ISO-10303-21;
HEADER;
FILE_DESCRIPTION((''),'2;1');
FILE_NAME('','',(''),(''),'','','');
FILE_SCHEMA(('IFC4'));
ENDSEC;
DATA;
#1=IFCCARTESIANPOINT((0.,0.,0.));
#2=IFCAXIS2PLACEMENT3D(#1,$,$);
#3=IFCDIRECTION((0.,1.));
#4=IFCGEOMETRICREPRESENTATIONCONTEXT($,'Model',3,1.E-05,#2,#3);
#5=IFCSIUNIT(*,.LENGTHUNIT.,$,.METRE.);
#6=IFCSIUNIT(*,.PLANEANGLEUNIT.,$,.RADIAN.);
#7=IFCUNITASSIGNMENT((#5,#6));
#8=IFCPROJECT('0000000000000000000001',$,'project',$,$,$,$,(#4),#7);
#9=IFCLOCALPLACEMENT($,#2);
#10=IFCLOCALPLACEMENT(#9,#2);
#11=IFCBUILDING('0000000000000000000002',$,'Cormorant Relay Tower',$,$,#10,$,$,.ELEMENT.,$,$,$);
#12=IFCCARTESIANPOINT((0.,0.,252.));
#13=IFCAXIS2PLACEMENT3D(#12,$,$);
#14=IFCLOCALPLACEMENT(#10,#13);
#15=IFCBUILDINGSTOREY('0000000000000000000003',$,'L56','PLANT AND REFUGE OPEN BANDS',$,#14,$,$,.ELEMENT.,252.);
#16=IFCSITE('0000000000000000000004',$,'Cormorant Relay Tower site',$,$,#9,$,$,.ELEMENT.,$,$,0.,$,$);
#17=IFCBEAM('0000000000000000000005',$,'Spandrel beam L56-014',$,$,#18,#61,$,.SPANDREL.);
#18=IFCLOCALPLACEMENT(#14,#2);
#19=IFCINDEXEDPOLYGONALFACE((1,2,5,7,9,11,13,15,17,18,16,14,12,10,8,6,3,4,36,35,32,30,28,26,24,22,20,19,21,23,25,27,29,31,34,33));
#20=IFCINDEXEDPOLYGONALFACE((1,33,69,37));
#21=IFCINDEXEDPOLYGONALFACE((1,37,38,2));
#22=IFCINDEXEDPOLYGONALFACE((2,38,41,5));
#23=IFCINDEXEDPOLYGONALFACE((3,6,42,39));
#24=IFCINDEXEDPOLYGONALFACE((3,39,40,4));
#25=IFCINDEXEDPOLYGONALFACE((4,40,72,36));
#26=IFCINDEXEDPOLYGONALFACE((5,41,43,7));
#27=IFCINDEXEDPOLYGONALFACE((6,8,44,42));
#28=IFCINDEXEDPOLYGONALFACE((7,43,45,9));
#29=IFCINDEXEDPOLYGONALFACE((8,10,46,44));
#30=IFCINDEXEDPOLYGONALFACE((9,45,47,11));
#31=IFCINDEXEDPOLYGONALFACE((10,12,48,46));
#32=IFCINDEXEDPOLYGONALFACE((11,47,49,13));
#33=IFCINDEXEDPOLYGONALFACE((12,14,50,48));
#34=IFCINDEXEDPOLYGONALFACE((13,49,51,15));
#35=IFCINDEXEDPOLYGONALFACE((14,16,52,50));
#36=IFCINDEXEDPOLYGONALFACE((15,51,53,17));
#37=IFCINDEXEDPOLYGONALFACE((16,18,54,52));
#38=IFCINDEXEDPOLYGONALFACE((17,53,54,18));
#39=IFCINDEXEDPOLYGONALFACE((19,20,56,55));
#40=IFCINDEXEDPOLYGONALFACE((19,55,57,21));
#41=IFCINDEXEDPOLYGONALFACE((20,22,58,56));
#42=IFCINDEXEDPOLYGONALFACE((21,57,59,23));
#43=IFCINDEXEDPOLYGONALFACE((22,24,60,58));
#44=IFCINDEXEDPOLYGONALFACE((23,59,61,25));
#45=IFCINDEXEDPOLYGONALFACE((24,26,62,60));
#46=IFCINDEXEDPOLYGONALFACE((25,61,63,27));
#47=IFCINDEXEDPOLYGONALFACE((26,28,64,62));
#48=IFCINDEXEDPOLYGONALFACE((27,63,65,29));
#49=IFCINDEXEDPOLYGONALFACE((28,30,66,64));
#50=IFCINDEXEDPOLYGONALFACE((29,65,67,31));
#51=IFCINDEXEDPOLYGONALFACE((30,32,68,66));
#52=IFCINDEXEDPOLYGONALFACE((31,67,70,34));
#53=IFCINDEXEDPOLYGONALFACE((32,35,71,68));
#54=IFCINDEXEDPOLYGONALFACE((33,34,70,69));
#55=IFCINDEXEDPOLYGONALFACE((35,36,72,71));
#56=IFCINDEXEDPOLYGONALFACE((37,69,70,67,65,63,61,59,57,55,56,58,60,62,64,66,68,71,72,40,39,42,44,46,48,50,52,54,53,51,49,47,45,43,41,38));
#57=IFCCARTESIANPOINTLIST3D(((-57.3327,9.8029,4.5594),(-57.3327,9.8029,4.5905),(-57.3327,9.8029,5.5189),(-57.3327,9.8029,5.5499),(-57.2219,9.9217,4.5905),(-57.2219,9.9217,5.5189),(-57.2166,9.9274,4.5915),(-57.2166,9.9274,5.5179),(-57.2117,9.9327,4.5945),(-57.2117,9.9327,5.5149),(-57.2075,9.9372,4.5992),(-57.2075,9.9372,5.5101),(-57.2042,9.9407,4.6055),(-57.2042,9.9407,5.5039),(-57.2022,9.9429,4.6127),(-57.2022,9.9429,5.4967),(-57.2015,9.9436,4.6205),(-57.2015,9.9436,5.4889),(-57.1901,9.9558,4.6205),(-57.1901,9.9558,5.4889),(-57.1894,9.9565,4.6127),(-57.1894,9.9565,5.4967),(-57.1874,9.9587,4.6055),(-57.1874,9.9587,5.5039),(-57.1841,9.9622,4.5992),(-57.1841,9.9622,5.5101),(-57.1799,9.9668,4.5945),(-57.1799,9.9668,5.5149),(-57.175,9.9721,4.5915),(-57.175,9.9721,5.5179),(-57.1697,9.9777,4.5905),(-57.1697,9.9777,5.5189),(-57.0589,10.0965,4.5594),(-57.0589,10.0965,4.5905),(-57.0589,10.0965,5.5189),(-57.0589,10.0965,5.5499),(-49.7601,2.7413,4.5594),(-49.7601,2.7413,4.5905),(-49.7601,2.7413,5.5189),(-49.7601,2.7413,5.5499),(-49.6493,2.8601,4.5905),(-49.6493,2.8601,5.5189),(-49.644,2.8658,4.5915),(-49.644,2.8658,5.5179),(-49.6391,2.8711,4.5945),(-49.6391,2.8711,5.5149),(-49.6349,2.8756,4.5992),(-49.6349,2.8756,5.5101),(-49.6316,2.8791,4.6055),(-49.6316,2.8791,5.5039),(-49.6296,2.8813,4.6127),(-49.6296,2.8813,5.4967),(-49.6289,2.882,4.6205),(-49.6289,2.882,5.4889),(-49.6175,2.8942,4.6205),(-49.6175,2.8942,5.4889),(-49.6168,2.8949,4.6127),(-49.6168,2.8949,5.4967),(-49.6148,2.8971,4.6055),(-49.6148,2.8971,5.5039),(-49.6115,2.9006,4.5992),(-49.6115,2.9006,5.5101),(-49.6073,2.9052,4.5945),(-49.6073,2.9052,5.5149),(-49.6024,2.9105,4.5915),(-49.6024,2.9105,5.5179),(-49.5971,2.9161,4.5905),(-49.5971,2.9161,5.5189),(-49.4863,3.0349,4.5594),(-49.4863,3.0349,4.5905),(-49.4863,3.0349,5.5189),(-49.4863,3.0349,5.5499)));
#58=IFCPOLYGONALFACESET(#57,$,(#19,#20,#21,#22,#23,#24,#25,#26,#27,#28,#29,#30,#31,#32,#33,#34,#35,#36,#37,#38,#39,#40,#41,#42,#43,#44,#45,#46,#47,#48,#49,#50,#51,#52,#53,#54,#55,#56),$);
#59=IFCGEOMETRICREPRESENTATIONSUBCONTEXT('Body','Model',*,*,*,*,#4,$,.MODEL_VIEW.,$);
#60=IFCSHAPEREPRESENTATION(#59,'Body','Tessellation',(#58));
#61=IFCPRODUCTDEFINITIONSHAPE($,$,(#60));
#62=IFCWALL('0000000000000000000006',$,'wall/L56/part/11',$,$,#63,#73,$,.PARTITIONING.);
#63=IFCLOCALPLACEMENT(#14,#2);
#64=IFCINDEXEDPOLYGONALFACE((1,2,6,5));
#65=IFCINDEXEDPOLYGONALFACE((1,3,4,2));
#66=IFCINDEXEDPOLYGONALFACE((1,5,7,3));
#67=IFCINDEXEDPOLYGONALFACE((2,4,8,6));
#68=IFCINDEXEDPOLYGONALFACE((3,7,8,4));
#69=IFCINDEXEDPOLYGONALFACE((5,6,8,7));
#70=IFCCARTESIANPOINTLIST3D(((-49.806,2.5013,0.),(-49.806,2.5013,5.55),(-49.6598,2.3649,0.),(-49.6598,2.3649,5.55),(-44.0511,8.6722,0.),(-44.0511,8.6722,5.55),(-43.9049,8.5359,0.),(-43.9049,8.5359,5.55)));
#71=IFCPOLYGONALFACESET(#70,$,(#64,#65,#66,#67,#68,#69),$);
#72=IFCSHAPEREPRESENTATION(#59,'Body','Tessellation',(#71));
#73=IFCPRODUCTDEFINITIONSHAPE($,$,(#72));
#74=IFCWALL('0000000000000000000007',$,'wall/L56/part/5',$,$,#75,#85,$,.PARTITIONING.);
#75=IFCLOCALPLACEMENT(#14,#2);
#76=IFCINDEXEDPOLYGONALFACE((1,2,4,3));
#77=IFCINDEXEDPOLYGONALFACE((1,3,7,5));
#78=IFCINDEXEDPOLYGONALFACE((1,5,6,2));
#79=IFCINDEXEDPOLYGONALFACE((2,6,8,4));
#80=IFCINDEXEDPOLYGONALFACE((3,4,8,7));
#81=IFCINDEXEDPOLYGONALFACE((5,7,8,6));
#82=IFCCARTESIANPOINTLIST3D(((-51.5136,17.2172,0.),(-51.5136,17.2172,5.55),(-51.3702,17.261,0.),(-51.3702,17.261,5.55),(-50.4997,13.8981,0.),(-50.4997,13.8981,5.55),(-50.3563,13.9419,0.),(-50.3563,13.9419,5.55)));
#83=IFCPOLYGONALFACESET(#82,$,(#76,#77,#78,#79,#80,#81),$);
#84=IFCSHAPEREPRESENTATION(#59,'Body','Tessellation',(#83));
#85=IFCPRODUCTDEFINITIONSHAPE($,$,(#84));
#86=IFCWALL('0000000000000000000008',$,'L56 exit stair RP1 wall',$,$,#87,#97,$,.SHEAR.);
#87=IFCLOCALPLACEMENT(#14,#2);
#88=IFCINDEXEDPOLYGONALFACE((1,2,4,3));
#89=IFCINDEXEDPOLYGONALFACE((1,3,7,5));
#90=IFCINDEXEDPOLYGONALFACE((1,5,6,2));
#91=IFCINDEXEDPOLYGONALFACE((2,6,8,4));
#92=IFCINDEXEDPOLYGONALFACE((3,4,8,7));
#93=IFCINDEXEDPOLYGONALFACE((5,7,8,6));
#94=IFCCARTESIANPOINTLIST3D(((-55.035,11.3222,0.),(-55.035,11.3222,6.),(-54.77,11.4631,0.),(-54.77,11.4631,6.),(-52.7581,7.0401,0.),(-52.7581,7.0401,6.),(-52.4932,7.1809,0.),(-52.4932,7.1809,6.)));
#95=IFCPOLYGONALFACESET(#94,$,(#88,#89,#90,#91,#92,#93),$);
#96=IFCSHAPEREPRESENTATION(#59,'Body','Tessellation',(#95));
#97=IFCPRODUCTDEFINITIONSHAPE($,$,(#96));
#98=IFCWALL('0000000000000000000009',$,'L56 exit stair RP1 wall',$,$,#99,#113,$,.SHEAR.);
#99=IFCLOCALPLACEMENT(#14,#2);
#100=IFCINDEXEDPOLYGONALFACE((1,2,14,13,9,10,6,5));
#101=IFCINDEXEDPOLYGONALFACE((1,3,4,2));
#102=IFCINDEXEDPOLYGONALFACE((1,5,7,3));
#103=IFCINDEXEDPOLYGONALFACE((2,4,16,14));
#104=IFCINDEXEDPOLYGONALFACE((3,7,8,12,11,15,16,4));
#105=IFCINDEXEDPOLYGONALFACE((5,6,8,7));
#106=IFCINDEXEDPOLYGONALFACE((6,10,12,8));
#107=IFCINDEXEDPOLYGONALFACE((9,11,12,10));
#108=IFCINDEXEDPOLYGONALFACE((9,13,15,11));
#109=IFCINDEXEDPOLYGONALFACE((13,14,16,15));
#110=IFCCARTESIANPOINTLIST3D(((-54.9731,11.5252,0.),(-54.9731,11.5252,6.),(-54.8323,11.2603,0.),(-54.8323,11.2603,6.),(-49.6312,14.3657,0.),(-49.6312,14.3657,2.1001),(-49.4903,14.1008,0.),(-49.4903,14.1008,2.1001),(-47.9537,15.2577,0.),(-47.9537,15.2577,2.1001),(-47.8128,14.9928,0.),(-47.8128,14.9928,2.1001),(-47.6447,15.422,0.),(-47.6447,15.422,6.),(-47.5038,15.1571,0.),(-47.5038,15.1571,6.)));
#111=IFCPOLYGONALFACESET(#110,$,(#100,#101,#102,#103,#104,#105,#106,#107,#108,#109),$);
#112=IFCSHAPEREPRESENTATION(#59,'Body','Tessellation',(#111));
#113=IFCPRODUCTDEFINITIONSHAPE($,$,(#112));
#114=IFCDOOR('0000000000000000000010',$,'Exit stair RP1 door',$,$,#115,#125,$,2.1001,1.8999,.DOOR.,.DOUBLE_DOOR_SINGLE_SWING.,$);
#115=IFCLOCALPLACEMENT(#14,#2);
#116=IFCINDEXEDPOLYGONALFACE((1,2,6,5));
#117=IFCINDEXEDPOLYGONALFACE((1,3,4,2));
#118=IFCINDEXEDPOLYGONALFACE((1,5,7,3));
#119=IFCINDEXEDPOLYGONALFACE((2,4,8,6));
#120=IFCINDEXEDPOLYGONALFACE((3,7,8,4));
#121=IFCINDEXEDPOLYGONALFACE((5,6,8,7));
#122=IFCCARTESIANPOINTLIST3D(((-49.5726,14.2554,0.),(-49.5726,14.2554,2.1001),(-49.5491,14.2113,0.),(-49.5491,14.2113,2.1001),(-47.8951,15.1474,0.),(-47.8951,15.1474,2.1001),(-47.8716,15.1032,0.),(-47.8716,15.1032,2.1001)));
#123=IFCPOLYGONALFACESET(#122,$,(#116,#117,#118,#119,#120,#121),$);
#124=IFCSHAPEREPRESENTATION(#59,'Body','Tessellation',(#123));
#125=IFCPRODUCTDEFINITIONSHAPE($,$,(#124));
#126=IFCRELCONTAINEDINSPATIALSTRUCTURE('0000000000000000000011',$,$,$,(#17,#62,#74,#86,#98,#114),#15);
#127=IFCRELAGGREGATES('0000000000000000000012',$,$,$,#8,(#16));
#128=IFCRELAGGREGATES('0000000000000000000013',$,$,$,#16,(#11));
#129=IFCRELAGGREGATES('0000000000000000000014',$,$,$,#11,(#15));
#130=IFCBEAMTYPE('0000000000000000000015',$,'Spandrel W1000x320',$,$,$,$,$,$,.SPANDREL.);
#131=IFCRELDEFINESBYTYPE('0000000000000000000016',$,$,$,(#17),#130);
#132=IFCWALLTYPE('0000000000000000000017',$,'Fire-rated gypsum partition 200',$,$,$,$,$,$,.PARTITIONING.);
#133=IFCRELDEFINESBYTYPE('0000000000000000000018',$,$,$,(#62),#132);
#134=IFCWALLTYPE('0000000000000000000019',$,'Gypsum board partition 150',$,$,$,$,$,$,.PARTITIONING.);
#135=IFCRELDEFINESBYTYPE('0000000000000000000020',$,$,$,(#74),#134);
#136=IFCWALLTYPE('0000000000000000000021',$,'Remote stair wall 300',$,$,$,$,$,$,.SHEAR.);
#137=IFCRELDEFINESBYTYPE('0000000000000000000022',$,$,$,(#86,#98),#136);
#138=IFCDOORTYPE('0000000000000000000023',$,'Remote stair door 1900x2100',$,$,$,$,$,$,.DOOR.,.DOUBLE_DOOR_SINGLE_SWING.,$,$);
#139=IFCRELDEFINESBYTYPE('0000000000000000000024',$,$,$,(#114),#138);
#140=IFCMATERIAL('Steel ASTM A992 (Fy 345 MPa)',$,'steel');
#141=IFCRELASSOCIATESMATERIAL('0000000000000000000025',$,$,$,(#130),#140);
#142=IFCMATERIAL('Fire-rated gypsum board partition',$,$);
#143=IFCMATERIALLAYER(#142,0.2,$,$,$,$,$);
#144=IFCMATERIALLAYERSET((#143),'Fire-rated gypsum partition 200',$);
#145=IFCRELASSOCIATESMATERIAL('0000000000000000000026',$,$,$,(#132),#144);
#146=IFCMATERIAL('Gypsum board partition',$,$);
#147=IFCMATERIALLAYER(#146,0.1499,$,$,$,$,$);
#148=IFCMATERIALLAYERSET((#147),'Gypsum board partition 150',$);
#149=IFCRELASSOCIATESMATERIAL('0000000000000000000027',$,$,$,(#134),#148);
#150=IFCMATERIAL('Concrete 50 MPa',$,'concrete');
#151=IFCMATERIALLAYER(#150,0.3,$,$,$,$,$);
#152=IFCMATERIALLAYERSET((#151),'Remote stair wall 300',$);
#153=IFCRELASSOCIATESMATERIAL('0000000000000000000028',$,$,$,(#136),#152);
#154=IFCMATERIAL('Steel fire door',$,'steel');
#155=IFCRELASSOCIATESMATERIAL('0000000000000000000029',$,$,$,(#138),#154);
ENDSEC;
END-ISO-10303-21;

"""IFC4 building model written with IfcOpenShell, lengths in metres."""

from ifc_helpers import new_model, si_unit, direction, frame, frame_2d, origin, origin_2d, place, context, subcontext, project, spatial, rectangle, i_section, extrude, material, layer, layer_set, material_profile, profile_set, type_object, element, fill, save


model = new_model("IFC4")

# Units and contexts
model_context = context("Model", 3, precision=1e-05, world=origin(), true_north=direction((0.0, 1.0)))
body_context = subcontext(model_context, "Body", "Model", "MODEL_VIEW")
ifc_project = project(units=[si_unit("LENGTHUNIT", "METRE"), si_unit("PLANEANGLEUNIT", "RADIAN")], contexts=[model_context])

# Site, building, storey
site_placement = place(None, origin())
site = spatial("IfcSite", under=ifc_project, at=site_placement, Name="Cormorant Relay Tower site", CompositionType="ELEMENT", RefElevation=0.0)
building_placement = place(site_placement, origin())
building = spatial("IfcBuilding", under=site, at=building_placement, Name="Cormorant Relay Tower", CompositionType="ELEMENT")
storey_placement = place(building_placement, frame((0.0, 0.0, 252.0)))
storey = spatial("IfcBuildingStorey", under=building, at=storey_placement, Name="L56", Description="PLANT AND REFUGE OPEN BANDS", CompositionType="ELEMENT", Elevation=252.0)

# Beam
ifc_material_1 = material(Name="Steel ASTM A992 (Fy 345 MPa)", Category="steel")
ifc_material_profile_1 = material_profile(ifc_material_1, i_section(OverallWidth=0.4014, OverallDepth=0.9905, WebThickness=0.0166, FlangeThickness=0.031, FilletRadius=0.03, at=origin_2d()), Name="W1000x320")
ifc_profile_set_1 = profile_set([ifc_material_profile_1], Name="Steel ASTM A992 (Fy 345 MPa)")
beam_type = type_object("IfcBeamType", Name="Spandrel W1000x320", PredefinedType="SPANDREL", material=ifc_profile_set_1)
beam_placement = place(storey_placement, frame((-57.1958, 9.9497, 5.0547), z_axis=(0.731352, -0.682001, 0.0), x_axis=(0.682001, 0.731352, 0.0)))
element("IfcBeam", 1, at=beam_placement, inside=storey, type_object=beam_type, Name="Spandrel beam L56-014", PredefinedType="SPANDREL", context=body_context, shape_type="SweptSolid", body=[
    extrude(i_section(OverallWidth=0.4014, OverallDepth=0.9905, WebThickness=0.0166, FlangeThickness=0.031, FilletRadius=0.03, at=origin_2d()), origin(), (0.0, 0.0, 1.0), 10.3542),
])

# Walls
ifc_material_2 = material(Name="Fire-rated gypsum board partition")
ifc_layer_1 = layer(ifc_material_2, 0.2)
ifc_layer_set_1 = layer_set([ifc_layer_1], Name="Fire-rated gypsum partition 200")
wall_type_1 = type_object("IfcWallType", Name="Fire-rated gypsum partition 200", PredefinedType="PARTITIONING", material=ifc_layer_set_1)
wall_1_placement = place(storey_placement, frame((-49.7329, 2.4331, 0.0), z_axis=(0.0, 0.0, 1.0), x_axis=(0.682025, 0.731328, 0.0)))
element("IfcWall", 2, at=wall_1_placement, inside=storey, type_object=wall_type_1, Name="wall/L56/part/11", PredefinedType="PARTITIONING", context=body_context, shape_type="SweptSolid", body=[
    extrude(rectangle(XDim=8.438, YDim=0.2, at=frame_2d((4.219, 0.0))), origin(), (0.0, 0.0, 1.0), 5.55),
])
ifc_material_3 = material(Name="Gypsum board partition")
ifc_layer_2 = layer(ifc_material_3, 0.1499)
ifc_layer_set_2 = layer_set([ifc_layer_2], Name="Gypsum board partition 150")
wall_type_2 = type_object("IfcWallType", Name="Gypsum board partition 150", PredefinedType="PARTITIONING", material=ifc_layer_set_2)
wall_2_placement = place(storey_placement, frame((-50.428, 13.9199, 0.0), z_axis=(0.0, 0.0, 1.0), x_axis=(-0.292152, 0.956372, 0.0)))
element("IfcWall", 3, at=wall_2_placement, inside=storey, type_object=wall_type_2, Name="wall/L56/part/5", PredefinedType="PARTITIONING", context=body_context, shape_type="SweptSolid", body=[
    extrude(rectangle(XDim=3.4705, YDim=0.1499, at=frame_2d((1.7354, 0.0))), origin(), (0.0, 0.0, 1.0), 5.55),
])
ifc_material_4 = material(Name="Concrete 50 MPa", Category="concrete")
ifc_layer_3 = layer(ifc_material_4, 0.3)
ifc_layer_set_3 = layer_set([ifc_layer_3], Name="Remote stair wall 300")
wall_type_3 = type_object("IfcWallType", Name="Remote stair wall 300", PredefinedType="SHEAR", material=ifc_layer_set_3)
wall_3_placement = place(storey_placement, frame((-52.6257, 7.1106, 0.0), z_axis=(0.0, 0.0, 1.0), x_axis=(-0.469464, 0.882951, 0.0)))
element("IfcWall", 4, at=wall_3_placement, inside=storey, type_object=wall_type_3, Name="L56 exit stair RP1 wall", PredefinedType="SHEAR", context=body_context, shape_type="SweptSolid", body=[
    extrude(rectangle(XDim=4.8499, YDim=0.3, at=frame_2d((2.4248, 0.0))), origin(), (0.0, 0.0, 1.0), 6.0),
])

# Wall, opening, door
wall_4_placement = place(storey_placement, frame((-54.9026, 11.3928, 0.0), z_axis=(0.0, 0.0, 1.0), x_axis=(0.882939, 0.469487, 0.0)))
wall_4 = element("IfcWall", 5, at=wall_4_placement, inside=storey, type_object=wall_type_3, Name="L56 exit stair RP1 wall", PredefinedType="SHEAR", context=body_context, shape_type="SweptSolid", body=[
    extrude(rectangle(XDim=8.3, YDim=0.3, at=frame_2d((4.1499, 0.0))), origin(), (0.0, 0.0, 1.0), 6.0),
])
opening_placement = place(wall_4_placement, frame((6.05, 0.0, 0.0)))
opening = element("IfcOpeningElement", 6, at=opening_placement, cuts=wall_4, PredefinedType="OPENING", context=body_context, shape_type="SweptSolid", body=[
    extrude(rectangle(XDim=1.8999, YDim=2.1001, at=frame_2d((0.95, 1.05))), frame((0.0, 0.1599, 0.0), z_axis=(0.0, -1.0, 0.0), x_axis=(1.0, 0.0, 0.0)), (0.0, 0.0, 1.0), 0.3201),
])
ifc_material_5 = material(Name="Steel fire door", Category="steel")
door_type = type_object("IfcDoorType", Name="Remote stair door 1900x2100", OperationType="DOUBLE_DOOR_SINGLE_SWING", PredefinedType="DOOR", material=ifc_material_5)
door_placement = place(opening_placement, frame((1.8999, 0.0, 0.0), z_axis=(0.0, 0.0, 1.0), x_axis=(-1.0, 0.0, 0.0)))
door = element("IfcDoor", 7, at=door_placement, inside=storey, type_object=door_type, Name="Exit stair RP1 door", OperationType="DOUBLE_DOOR_SINGLE_SWING", OverallHeight=2.1001, OverallWidth=1.8999, PredefinedType="DOOR", context=body_context, shape_type="SweptSolid", body=[
    extrude(rectangle(XDim=1.8999, YDim=2.1001, at=frame_2d((0.95, 1.05))), frame((0.0, 0.0249, 0.0), z_axis=(0.0, -1.0, 0.0), x_axis=(1.0, 0.0, 0.0)), (0.0, 0.0, 1.0), 0.05),
])
fill(opening, door)

save(model, "model.ifc")
